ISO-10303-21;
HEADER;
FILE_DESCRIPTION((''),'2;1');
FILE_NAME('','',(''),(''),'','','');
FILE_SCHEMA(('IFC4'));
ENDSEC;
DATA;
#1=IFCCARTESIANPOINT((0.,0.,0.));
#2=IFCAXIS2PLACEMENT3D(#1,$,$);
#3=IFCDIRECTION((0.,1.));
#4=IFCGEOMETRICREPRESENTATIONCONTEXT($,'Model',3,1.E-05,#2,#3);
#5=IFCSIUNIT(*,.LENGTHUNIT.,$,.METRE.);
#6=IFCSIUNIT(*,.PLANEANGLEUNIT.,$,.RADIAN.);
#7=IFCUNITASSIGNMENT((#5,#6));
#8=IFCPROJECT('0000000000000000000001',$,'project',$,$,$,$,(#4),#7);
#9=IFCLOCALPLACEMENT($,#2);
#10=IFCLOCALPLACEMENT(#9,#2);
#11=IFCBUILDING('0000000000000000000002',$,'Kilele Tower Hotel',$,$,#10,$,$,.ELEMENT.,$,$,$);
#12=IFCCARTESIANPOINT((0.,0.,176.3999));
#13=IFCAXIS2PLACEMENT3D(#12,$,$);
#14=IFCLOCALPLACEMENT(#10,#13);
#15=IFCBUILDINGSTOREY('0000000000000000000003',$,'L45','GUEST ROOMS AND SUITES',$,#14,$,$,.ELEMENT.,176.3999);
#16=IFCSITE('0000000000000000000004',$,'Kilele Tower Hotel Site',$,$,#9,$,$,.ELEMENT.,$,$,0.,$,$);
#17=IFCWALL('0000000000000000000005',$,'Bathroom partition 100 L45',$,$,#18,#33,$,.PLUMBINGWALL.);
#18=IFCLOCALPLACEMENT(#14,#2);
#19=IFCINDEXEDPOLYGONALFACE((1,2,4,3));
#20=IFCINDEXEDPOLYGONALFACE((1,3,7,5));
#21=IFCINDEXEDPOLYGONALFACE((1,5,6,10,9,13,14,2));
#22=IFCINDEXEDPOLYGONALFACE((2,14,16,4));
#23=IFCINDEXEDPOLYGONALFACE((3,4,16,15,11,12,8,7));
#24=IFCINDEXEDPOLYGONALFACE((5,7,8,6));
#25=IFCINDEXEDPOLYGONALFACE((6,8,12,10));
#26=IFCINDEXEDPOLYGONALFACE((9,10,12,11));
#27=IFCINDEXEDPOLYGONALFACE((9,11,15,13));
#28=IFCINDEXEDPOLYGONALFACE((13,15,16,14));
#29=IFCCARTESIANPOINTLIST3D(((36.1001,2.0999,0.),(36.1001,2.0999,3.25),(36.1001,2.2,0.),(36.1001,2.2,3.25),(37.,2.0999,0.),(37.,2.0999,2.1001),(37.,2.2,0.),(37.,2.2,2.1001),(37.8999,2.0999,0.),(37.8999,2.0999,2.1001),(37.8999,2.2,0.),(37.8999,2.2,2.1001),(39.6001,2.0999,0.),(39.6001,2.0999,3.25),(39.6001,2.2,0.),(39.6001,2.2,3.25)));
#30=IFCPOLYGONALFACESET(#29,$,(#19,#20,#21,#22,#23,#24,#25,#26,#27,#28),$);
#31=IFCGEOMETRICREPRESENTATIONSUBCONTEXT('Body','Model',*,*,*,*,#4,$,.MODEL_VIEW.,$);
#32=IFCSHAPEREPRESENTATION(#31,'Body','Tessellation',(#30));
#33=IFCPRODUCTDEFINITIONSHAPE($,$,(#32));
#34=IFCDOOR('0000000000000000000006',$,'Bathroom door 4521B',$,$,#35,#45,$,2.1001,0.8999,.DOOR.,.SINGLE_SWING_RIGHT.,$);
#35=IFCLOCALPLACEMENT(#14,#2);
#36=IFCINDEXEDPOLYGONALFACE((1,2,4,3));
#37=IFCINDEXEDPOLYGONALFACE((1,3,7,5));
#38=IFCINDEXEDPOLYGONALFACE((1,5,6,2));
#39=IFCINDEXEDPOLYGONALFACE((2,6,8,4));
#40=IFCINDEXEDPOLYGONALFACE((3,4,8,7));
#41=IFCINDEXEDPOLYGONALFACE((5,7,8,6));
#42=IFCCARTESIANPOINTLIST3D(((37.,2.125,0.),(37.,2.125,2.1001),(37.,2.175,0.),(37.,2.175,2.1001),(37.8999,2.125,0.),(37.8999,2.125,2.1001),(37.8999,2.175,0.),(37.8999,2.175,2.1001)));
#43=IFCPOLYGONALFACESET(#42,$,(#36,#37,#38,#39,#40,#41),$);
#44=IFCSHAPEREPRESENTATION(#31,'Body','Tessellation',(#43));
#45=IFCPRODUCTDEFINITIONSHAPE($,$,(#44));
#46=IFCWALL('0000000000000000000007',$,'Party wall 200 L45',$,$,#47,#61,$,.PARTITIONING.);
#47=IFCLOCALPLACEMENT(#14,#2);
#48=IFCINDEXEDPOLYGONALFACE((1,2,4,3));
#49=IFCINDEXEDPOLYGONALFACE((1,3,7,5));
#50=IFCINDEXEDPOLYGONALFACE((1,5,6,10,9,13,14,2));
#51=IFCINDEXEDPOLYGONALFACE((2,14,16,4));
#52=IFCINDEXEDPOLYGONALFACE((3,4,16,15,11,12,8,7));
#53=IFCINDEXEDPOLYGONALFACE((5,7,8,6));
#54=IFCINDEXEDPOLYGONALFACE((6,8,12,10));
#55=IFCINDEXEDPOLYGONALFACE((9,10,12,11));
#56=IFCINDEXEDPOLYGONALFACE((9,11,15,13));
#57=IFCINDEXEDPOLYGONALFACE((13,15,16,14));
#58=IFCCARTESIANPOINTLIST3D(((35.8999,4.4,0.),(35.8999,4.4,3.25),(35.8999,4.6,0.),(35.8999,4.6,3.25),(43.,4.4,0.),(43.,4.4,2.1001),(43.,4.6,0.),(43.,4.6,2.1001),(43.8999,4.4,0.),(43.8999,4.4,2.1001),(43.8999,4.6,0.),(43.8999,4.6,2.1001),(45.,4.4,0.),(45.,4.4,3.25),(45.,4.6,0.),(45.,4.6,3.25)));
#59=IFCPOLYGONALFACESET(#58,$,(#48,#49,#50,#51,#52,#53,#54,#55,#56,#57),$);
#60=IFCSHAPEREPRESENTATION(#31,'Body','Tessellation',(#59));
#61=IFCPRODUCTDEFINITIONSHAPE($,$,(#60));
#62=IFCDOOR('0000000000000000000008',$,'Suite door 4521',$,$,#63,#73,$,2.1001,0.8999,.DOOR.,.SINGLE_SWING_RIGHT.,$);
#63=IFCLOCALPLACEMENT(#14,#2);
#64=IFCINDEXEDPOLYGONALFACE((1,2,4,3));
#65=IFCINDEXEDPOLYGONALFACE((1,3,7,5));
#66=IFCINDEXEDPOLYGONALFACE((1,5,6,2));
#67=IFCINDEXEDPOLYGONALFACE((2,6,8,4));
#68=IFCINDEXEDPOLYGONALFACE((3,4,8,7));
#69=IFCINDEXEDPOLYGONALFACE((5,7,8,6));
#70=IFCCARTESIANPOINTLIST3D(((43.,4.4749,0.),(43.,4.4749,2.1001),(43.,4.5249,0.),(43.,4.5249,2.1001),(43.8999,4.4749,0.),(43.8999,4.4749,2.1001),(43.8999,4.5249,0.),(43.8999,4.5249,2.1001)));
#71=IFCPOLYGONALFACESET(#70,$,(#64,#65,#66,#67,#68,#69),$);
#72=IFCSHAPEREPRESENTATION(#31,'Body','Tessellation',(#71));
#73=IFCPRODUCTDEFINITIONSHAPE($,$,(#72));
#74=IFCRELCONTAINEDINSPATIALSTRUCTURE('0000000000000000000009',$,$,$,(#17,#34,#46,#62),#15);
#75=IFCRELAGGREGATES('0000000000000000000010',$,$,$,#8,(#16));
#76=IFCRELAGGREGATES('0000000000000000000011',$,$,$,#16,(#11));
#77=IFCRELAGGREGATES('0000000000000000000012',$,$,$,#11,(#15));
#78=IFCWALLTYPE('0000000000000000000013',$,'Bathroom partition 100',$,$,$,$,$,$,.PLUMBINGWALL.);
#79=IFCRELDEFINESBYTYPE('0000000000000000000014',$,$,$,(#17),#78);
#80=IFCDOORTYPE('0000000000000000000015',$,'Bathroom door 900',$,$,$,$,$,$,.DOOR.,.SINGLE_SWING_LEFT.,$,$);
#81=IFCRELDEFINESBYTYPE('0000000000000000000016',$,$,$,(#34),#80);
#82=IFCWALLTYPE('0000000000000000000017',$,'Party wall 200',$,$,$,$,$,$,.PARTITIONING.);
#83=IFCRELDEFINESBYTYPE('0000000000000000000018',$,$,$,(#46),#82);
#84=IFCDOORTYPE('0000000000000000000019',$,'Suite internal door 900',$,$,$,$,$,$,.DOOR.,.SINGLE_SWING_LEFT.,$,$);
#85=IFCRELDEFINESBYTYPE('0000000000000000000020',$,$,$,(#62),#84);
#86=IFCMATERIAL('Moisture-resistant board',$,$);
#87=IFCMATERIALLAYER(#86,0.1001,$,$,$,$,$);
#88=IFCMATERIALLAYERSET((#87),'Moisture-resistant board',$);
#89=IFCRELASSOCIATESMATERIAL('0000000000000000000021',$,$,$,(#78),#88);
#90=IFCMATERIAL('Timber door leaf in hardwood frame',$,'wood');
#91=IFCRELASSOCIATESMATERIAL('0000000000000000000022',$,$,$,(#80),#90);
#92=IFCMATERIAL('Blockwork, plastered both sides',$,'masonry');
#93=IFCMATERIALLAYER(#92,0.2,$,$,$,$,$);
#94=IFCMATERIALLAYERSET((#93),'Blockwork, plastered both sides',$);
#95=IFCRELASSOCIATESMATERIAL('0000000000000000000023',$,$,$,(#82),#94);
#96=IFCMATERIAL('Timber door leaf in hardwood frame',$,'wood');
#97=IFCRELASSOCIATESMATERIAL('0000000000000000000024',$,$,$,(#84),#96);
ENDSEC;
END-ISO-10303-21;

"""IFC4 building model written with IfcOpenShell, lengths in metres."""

from ifc_helpers import new_model, si_unit, direction, frame, frame_2d, origin, place, context, subcontext, project, spatial, rectangle, extrude, material, layer, layer_set, type_object, element, fill, save


model = new_model("IFC4")

# Units and contexts
model_context = context("Model", 3, precision=1e-05, world=origin(), true_north=direction((0.0, 1.0)))
body_context = subcontext(model_context, "Body", "Model", "MODEL_VIEW")
ifc_project = project(units=[si_unit("LENGTHUNIT", "METRE"), si_unit("PLANEANGLEUNIT", "RADIAN")], contexts=[model_context])

# Site, building, storey
site_placement = place(None, origin())
site = spatial("IfcSite", under=ifc_project, at=site_placement, Name="Kilele Tower Hotel Site", CompositionType="ELEMENT", RefElevation=0.0)
building_placement = place(site_placement, origin())
building = spatial("IfcBuilding", under=site, at=building_placement, Name="Kilele Tower Hotel", CompositionType="ELEMENT")
storey_placement = place(building_placement, frame((0.0, 0.0, 176.3999)))
storey = spatial("IfcBuildingStorey", under=building, at=storey_placement, Name="L45", Description="GUEST ROOMS AND SUITES", CompositionType="ELEMENT", Elevation=176.3999)

# Shared definitions
ifc_material_1 = material(Name="Moisture-resistant board")
ifc_layer_1 = layer(ifc_material_1, 0.1001)
ifc_layer_set_1 = layer_set([ifc_layer_1], Name="Moisture-resistant board")
wall_type_1 = type_object("IfcWallType", Name="Bathroom partition 100", PredefinedType="PLUMBINGWALL", material=ifc_layer_set_1)

# Walls, openings, doors
ifc_material_2 = material(Name="Timber door leaf in hardwood frame", Category="wood")
door_type_1 = type_object("IfcDoorType", Name="Bathroom door 900", OperationType="SINGLE_SWING_LEFT", PredefinedType="DOOR", material=ifc_material_2)
wall_1_placement = place(storey_placement, frame((36.1001, 2.1499, 0.0), z_axis=(0.0, 0.0, 1.0), x_axis=(1.0, 0.0, 0.0)))
wall_1 = element("IfcWall", 1, at=wall_1_placement, inside=storey, type_object=wall_type_1, Name="Bathroom partition 100 L45", PredefinedType="PLUMBINGWALL", context=body_context, shape_type="SweptSolid", body=[
    extrude(rectangle(XDim=3.5, YDim=0.1001, at=frame_2d((1.75, 0.0))), origin(), (0.0, 0.0, 1.0), 3.25),
])
opening_1_placement = place(wall_1_placement, frame((1.7998, 0.0, 0.0), z_axis=(0.0, 0.0, 1.0), x_axis=(-1.0, 0.0, 0.0)))
opening_1 = element("IfcOpeningElement", 2, at=opening_1_placement, cuts=wall_1, PredefinedType="OPENING", context=body_context, shape_type="SweptSolid", body=[
    extrude(rectangle(XDim=0.8999, YDim=2.1001, at=frame_2d((0.45, 1.05))), frame((0.0, 0.0601, 0.0), z_axis=(0.0, -1.0, 0.0), x_axis=(1.0, 0.0, 0.0)), (0.0, 0.0, 1.0), 0.1201),
])
door_1_placement = place(opening_1_placement, origin())
door_1 = element("IfcDoor", 3, at=door_1_placement, inside=storey, type_object=door_type_1, Name="Bathroom door 4521B", OperationType="SINGLE_SWING_RIGHT", OverallHeight=2.1001, OverallWidth=0.8999, PredefinedType="DOOR", context=body_context, shape_type="SweptSolid", body=[
    extrude(rectangle(XDim=0.8999, YDim=2.1001, at=frame_2d((0.45, 1.05))), frame((0.0, 0.0249, 0.0), z_axis=(0.0, -1.0, 0.0), x_axis=(1.0, 0.0, 0.0)), (0.0, 0.0, 1.0), 0.05),
])
fill(opening_1, door_1)
ifc_material_3 = material(Name="Blockwork, plastered both sides", Category="masonry")
ifc_layer_2 = layer(ifc_material_3, 0.2)
ifc_layer_set_2 = layer_set([ifc_layer_2], Name="Blockwork, plastered both sides")
wall_type_2 = type_object("IfcWallType", Name="Party wall 200", PredefinedType="PARTITIONING", material=ifc_layer_set_2)
wall_2_placement = place(storey_placement, frame((35.8999, 4.5, 0.0), z_axis=(0.0, 0.0, 1.0), x_axis=(1.0, 0.0, 0.0)))
wall_2 = element("IfcWall", 4, at=wall_2_placement, inside=storey, type_object=wall_type_2, Name="Party wall 200 L45", PredefinedType="PARTITIONING", context=body_context, shape_type="SweptSolid", body=[
    extrude(rectangle(XDim=9.1001, YDim=0.2, at=frame_2d((4.55, 0.0))), origin(), (0.0, 0.0, 1.0), 3.25),
])
opening_2_placement = place(wall_2_placement, frame((7.1001, 0.0, 0.0)))
opening_2 = element("IfcOpeningElement", 5, at=opening_2_placement, cuts=wall_2, PredefinedType="OPENING", context=body_context, shape_type="SweptSolid", body=[
    extrude(rectangle(XDim=0.8999, YDim=2.1001, at=frame_2d((0.45, 1.05))), frame((0.0, 0.1099, 0.0), z_axis=(0.0, -1.0, 0.0), x_axis=(1.0, 0.0, 0.0)), (0.0, 0.0, 1.0), 0.22),
])
ifc_material_4 = material(Name="Timber door leaf in hardwood frame", Category="wood")
door_type_2 = type_object("IfcDoorType", Name="Suite internal door 900", OperationType="SINGLE_SWING_LEFT", PredefinedType="DOOR", material=ifc_material_4)
door_2_placement = place(opening_2_placement, origin())
door_2 = element("IfcDoor", 6, at=door_2_placement, inside=storey, type_object=door_type_2, Name="Suite door 4521", OperationType="SINGLE_SWING_RIGHT", OverallHeight=2.1001, OverallWidth=0.8999, PredefinedType="DOOR", context=body_context, shape_type="SweptSolid", body=[
    extrude(rectangle(XDim=0.8999, YDim=2.1001, at=frame_2d((0.45, 1.05))), frame((0.0, 0.0249, 0.0), z_axis=(0.0, -1.0, 0.0), x_axis=(1.0, 0.0, 0.0)), (0.0, 0.0, 1.0), 0.05),
])
fill(opening_2, door_2)

save(model, "model.ifc")
